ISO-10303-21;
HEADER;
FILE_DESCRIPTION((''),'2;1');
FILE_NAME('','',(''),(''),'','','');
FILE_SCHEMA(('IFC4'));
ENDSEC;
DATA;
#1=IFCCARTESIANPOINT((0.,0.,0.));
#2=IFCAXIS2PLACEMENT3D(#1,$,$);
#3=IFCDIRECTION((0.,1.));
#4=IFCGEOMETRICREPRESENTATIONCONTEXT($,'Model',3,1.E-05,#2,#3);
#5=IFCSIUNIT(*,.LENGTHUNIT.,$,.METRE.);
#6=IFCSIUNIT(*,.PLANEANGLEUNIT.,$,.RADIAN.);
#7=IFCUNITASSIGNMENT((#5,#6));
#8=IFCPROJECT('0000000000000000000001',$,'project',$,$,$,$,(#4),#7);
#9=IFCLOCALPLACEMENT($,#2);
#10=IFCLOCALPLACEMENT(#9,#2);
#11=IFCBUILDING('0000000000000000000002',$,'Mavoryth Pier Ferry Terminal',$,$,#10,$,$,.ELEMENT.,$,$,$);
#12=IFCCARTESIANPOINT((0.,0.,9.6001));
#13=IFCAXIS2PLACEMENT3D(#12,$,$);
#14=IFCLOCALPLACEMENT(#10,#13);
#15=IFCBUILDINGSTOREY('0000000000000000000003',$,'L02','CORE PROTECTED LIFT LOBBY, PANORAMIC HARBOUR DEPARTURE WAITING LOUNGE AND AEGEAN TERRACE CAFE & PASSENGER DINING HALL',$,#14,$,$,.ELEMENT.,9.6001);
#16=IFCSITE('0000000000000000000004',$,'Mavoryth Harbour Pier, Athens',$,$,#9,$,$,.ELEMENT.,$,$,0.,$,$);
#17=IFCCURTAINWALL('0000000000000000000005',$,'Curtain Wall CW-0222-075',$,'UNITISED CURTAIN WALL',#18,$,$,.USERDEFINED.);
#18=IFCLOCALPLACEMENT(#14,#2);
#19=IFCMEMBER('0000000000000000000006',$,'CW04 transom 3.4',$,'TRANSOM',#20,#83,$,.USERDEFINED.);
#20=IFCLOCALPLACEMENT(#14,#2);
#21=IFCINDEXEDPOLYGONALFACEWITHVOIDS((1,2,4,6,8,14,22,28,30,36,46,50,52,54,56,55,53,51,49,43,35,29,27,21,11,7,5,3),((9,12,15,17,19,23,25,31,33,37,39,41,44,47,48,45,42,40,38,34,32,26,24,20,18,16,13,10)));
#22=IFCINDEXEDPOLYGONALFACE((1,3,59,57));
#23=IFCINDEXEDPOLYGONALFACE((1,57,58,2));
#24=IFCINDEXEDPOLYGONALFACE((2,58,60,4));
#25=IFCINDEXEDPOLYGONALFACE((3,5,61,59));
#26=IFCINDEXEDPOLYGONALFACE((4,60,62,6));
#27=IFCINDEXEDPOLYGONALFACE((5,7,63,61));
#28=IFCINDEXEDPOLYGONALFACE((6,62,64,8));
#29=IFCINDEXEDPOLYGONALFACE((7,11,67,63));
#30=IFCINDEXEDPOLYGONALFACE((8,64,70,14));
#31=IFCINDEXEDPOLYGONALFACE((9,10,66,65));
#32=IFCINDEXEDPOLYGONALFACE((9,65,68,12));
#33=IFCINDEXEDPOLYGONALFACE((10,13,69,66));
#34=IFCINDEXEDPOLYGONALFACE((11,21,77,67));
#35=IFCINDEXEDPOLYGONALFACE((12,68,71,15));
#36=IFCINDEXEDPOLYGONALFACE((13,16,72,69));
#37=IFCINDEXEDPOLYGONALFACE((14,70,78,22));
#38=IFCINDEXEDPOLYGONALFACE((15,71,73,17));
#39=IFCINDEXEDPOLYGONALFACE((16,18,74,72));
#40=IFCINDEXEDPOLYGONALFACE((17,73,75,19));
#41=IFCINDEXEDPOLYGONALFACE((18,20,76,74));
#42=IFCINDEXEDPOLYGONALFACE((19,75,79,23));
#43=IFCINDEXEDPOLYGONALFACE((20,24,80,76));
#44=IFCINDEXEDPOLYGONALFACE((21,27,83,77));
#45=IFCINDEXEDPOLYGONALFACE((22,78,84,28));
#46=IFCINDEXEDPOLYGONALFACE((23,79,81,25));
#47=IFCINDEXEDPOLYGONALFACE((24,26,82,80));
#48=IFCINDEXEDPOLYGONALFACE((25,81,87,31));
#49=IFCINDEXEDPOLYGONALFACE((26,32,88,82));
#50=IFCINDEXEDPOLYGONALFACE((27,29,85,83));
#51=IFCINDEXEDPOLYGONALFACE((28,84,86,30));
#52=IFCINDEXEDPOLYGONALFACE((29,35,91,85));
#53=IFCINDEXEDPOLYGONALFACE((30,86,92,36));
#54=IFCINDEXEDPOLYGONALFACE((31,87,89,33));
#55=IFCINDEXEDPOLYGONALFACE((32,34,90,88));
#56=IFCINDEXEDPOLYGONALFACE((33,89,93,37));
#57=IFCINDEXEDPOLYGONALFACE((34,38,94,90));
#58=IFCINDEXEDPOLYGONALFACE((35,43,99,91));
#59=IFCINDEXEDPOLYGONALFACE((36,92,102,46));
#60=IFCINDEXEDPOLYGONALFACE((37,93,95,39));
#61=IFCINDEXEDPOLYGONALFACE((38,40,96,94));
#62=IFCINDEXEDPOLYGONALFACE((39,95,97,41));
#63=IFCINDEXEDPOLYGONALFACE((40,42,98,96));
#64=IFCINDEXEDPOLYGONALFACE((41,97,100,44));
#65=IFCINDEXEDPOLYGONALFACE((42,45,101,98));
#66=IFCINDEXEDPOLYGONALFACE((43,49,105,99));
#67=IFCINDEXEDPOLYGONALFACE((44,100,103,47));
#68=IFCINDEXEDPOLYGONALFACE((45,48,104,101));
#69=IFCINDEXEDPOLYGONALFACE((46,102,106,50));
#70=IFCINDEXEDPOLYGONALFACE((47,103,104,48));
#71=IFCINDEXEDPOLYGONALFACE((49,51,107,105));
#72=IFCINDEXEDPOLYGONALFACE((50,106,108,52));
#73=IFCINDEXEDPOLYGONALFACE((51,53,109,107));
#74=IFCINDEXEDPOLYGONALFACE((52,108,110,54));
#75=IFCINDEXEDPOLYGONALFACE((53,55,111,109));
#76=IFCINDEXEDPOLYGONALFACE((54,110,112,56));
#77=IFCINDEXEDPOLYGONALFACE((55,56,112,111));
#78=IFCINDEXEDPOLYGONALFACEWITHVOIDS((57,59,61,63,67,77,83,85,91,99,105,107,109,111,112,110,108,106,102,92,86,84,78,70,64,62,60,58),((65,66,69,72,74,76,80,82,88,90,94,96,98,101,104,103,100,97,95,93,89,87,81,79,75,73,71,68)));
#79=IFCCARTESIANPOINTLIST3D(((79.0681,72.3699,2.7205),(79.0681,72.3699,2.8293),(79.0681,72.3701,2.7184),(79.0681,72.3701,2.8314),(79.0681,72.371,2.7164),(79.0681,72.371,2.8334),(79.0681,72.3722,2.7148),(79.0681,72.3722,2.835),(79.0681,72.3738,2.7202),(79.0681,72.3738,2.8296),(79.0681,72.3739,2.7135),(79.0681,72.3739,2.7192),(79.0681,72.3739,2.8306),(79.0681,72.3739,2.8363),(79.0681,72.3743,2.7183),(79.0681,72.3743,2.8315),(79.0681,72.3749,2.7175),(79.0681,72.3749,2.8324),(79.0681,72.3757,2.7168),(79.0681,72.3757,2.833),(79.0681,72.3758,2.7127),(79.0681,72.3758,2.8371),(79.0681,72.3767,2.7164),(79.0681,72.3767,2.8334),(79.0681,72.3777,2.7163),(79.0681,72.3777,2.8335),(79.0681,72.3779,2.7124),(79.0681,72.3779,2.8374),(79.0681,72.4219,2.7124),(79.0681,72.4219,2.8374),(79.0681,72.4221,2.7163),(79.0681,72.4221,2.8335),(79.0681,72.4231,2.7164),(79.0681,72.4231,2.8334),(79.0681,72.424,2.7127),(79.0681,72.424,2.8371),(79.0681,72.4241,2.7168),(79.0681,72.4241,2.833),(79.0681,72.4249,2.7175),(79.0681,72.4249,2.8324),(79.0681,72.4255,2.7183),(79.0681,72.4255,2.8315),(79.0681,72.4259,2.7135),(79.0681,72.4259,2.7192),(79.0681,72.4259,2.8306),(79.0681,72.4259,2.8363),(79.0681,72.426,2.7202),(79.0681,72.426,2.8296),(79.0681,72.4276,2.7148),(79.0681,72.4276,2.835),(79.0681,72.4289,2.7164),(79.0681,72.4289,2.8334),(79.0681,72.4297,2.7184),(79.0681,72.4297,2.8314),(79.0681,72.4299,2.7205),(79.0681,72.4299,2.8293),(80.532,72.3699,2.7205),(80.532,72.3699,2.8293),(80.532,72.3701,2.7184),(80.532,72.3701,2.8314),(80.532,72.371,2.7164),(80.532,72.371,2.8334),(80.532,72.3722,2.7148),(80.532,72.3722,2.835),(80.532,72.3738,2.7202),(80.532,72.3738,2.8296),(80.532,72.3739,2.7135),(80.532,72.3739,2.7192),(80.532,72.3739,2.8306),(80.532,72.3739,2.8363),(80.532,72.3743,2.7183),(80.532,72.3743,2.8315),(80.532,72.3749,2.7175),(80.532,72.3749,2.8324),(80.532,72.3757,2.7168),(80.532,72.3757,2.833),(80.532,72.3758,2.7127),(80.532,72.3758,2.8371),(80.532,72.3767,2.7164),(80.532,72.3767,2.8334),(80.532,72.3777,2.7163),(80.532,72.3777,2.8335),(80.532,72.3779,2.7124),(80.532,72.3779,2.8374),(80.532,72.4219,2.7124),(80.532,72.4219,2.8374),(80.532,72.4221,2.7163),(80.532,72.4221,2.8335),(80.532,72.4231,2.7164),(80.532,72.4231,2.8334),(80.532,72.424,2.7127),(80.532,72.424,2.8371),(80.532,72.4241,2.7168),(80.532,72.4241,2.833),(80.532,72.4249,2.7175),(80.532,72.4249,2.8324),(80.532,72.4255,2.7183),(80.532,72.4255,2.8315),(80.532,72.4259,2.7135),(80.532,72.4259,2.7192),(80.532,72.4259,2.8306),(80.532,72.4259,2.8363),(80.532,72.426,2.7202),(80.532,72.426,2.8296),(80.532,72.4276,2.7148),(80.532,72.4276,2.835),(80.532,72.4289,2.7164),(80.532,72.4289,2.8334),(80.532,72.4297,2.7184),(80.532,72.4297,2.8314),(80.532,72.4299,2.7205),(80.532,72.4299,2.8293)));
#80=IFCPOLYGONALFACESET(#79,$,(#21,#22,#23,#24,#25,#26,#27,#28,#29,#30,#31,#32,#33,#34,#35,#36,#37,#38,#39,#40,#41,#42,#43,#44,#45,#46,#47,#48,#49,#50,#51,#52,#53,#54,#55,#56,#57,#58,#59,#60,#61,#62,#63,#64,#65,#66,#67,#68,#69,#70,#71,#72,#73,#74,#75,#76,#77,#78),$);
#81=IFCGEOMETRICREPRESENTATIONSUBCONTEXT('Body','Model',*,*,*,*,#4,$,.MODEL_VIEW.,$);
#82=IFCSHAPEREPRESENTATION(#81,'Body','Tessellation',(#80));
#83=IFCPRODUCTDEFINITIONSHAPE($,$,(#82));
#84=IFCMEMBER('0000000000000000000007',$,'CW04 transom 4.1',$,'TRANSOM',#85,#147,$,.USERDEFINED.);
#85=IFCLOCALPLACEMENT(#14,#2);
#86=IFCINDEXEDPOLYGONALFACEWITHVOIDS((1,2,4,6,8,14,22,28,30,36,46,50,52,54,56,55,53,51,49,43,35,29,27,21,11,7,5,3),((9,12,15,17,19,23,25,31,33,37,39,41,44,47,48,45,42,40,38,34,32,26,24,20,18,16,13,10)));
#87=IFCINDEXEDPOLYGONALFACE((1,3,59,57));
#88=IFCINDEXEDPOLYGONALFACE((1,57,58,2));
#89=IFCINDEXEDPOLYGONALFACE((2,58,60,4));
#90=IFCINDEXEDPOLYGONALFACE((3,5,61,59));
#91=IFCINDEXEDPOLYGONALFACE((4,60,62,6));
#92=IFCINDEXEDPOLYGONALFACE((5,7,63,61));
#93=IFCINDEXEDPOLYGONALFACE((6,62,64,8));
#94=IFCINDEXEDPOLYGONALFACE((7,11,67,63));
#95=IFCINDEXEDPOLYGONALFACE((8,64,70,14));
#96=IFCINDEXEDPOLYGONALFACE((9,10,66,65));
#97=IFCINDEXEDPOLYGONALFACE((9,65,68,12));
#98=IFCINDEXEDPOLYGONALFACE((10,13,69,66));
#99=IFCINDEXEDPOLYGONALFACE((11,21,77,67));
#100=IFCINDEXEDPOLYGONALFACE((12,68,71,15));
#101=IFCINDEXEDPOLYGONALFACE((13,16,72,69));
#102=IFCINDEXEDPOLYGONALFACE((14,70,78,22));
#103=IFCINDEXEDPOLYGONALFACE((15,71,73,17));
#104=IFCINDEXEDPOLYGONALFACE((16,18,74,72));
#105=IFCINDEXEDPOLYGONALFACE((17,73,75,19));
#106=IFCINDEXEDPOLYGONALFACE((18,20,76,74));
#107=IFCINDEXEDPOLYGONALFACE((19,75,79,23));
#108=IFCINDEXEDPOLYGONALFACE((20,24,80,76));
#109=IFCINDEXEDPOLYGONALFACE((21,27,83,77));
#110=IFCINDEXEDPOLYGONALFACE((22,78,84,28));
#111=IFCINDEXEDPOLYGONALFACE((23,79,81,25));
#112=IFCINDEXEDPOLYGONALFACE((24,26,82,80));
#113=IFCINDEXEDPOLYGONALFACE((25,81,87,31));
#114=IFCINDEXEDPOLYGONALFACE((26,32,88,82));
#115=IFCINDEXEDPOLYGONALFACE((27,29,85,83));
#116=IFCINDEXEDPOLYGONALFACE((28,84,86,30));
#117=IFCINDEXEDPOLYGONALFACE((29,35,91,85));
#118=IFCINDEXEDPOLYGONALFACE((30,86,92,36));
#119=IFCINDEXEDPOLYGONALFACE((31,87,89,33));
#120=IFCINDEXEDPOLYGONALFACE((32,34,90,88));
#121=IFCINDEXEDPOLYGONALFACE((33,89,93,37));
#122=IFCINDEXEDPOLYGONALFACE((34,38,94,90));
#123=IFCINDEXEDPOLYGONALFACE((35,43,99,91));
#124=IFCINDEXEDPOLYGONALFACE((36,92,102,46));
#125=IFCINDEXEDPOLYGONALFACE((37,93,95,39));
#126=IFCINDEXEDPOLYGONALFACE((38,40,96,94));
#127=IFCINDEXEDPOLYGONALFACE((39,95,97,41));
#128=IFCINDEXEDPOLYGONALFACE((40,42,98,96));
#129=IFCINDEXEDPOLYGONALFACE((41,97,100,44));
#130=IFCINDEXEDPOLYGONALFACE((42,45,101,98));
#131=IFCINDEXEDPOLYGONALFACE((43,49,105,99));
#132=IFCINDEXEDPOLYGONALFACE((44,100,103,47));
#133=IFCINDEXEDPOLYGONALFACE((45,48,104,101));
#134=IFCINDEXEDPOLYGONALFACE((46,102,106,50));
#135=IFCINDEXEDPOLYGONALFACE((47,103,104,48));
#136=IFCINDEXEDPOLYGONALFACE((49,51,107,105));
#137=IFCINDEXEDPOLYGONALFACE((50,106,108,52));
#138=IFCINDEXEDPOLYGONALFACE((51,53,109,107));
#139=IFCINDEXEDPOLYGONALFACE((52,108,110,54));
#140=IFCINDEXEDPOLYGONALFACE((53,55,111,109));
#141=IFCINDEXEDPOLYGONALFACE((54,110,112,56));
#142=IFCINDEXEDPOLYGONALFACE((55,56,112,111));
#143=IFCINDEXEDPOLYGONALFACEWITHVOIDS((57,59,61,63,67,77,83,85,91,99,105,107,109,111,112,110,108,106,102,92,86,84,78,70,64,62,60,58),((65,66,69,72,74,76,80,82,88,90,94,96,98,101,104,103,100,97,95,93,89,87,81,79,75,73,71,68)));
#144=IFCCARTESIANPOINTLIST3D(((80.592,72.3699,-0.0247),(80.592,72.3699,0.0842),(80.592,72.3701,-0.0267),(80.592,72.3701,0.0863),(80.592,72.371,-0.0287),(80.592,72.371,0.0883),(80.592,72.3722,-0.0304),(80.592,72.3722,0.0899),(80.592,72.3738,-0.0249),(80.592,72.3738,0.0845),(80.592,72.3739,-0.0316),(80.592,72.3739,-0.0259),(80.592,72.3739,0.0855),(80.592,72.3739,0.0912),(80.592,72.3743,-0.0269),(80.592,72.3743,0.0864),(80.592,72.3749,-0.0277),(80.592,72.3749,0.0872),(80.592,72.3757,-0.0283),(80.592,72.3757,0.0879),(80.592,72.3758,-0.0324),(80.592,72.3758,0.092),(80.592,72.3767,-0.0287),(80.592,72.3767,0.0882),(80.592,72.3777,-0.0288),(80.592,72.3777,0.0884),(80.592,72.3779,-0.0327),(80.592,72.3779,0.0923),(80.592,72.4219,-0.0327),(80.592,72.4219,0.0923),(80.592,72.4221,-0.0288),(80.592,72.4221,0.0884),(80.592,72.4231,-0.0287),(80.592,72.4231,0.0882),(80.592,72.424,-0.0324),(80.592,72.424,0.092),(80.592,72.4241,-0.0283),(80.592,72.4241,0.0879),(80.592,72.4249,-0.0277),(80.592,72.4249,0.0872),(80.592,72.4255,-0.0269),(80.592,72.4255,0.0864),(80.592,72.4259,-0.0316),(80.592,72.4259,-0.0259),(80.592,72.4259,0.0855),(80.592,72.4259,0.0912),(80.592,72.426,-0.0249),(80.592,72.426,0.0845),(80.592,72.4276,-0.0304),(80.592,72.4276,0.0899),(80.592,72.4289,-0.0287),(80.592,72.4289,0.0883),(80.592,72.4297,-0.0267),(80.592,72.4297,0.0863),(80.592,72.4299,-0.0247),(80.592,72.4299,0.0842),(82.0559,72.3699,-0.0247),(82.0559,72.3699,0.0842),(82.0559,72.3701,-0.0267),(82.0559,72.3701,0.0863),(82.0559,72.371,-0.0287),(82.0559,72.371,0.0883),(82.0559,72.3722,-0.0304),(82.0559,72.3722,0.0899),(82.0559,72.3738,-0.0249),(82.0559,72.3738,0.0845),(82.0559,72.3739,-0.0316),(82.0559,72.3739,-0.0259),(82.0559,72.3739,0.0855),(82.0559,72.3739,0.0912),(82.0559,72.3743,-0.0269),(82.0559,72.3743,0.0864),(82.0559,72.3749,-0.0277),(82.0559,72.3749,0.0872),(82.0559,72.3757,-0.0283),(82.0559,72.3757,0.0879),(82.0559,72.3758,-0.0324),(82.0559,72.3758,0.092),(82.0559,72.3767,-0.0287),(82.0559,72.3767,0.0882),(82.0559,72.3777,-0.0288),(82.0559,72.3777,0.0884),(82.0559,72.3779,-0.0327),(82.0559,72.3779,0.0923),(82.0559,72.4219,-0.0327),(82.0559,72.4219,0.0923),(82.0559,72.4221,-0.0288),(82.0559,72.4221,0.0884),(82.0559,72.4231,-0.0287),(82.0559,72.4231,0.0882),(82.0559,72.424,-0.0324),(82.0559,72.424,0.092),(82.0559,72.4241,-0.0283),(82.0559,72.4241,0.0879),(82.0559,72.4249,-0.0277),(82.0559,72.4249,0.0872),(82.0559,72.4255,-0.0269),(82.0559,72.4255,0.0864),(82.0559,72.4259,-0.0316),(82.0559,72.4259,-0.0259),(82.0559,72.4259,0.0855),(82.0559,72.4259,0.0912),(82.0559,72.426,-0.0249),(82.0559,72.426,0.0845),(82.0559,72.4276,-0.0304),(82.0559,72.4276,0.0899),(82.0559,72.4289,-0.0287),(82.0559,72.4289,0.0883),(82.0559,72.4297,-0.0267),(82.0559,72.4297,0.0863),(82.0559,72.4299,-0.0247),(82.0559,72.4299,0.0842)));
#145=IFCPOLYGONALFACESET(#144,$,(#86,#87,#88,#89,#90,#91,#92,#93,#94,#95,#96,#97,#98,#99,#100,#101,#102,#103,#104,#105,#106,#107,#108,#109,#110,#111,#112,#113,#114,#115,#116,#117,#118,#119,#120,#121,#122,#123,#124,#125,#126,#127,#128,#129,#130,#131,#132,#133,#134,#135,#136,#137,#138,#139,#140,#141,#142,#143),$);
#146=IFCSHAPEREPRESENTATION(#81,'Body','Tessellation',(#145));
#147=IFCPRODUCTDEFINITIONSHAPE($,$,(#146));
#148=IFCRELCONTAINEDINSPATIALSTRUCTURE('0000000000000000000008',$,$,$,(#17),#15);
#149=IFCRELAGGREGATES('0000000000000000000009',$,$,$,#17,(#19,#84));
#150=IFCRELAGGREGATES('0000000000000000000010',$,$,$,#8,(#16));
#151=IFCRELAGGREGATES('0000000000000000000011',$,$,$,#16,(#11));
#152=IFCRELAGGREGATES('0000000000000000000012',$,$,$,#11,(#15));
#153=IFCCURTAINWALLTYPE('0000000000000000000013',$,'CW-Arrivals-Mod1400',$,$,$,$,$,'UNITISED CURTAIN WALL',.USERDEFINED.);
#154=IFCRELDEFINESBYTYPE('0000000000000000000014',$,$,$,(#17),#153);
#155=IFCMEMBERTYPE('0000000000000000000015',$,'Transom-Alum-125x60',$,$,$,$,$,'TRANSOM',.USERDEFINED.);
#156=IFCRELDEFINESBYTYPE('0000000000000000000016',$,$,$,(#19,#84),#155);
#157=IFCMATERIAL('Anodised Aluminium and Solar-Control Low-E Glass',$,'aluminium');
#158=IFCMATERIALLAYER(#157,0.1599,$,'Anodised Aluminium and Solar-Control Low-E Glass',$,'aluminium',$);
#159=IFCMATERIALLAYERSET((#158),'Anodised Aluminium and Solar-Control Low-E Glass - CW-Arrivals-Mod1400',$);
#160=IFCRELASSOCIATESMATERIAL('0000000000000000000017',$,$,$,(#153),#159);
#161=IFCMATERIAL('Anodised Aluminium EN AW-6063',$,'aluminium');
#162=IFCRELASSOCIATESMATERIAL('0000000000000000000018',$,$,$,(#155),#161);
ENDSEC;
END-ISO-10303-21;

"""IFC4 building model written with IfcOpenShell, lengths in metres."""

from ifc_helpers import new_model, si_unit, direction, frame, origin, origin_2d, place, context, subcontext, project, spatial, hollow_rectangle, extrude, material, layer, layer_set, material_profile, profile_set, type_object, element, aggregate, save


model = new_model("IFC4")

# Units and contexts
model_context = context("Model", 3, precision=1e-05, world=origin(), true_north=direction((0.0, 1.0)))
body_context = subcontext(model_context, "Body", "Model", "MODEL_VIEW")
ifc_project = project(units=[si_unit("LENGTHUNIT", "METRE"), si_unit("PLANEANGLEUNIT", "RADIAN")], contexts=[model_context])

# Site, building, storey
site_placement = place(None, origin())
site = spatial("IfcSite", under=ifc_project, at=site_placement, Name="Mavoryth Harbour Pier, Athens", CompositionType="ELEMENT", RefElevation=0.0)
building_placement = place(site_placement, origin())
building = spatial("IfcBuilding", under=site, at=building_placement, Name="Mavoryth Pier Ferry Terminal", CompositionType="ELEMENT")
storey_placement = place(building_placement, frame((0.0, 0.0, 9.6001)))
storey = spatial("IfcBuildingStorey", under=building, at=storey_placement, Name="L02", Description="CORE PROTECTED LIFT LOBBY, PANORAMIC HARBOUR DEPARTURE WAITING LOUNGE AND AEGEAN TERRACE CAFE & PASSENGER DINING HALL", CompositionType="ELEMENT", Elevation=9.6001)

# Curtain wall, members
ifc_material_1 = material(Name="Anodised Aluminium and Solar-Control Low-E Glass", Category="aluminium")
ifc_layer_1 = layer(ifc_material_1, 0.1599, Name="Anodised Aluminium and Solar-Control Low-E Glass", Category="aluminium")
ifc_layer_set_1 = layer_set([ifc_layer_1], Name="Anodised Aluminium and Solar-Control Low-E Glass - CW-Arrivals-Mod1400")
curtain_wall_type = type_object("IfcCurtainWallType", Name="CW-Arrivals-Mod1400", ElementType="UNITISED CURTAIN WALL", PredefinedType="USERDEFINED", material=ifc_layer_set_1)
curtain_wall_placement = place(storey_placement, origin())
curtain_wall = element("IfcCurtainWall", 1, at=curtain_wall_placement, inside=storey, type_object=curtain_wall_type, Name="Curtain Wall CW-0222-075", ObjectType="UNITISED CURTAIN WALL", PredefinedType="USERDEFINED")
ifc_material_2 = material(Name="Anodised Aluminium EN AW-6063", Category="aluminium")
ifc_material_profile_1 = material_profile(ifc_material_2, hollow_rectangle(XDim=0.0601, YDim=0.125, WallThickness=0.0039, InnerFilletRadius=0.0039, OuterFilletRadius=0.0081, at=origin_2d()), Name="AL-TRAN 125x60x4", Category="aluminium")
ifc_profile_set_1 = profile_set([ifc_material_profile_1], Name="Anodised Aluminium EN AW-6063 - AL-TRAN 125x60x4")
member_type_1 = type_object("IfcMemberType", Name="Transom-Alum-125x60", ElementType="TRANSOM", PredefinedType="USERDEFINED", material=ifc_profile_set_1)
member_1_placement = place(storey_placement, frame((79.0681, 72.3999, 2.7749), z_axis=(1.0, 0.0, 0.0), x_axis=(0.0, 1.0, 0.0)))
member_1 = element("IfcMember", 2, at=member_1_placement, type_object=member_type_1, Name="CW04 transom 3.4", ObjectType="TRANSOM", PredefinedType="USERDEFINED", context=body_context, shape_type="SweptSolid", body=[
    extrude(hollow_rectangle(XDim=0.0601, YDim=0.125, WallThickness=0.0039, InnerFilletRadius=0.0039, OuterFilletRadius=0.0081, at=origin_2d()), origin(), (0.0, 0.0, 1.0), 1.4639),
])
member_2_placement = place(storey_placement, frame((80.592, 72.3999, 0.0298), z_axis=(1.0, 0.0, 0.0), x_axis=(0.0, 1.0, 0.0)))
member_2 = element("IfcMember", 3, at=member_2_placement, type_object=member_type_1, Name="CW04 transom 4.1", ObjectType="TRANSOM", PredefinedType="USERDEFINED", context=body_context, shape_type="SweptSolid", body=[
    extrude(hollow_rectangle(XDim=0.0601, YDim=0.125, WallThickness=0.0039, InnerFilletRadius=0.0039, OuterFilletRadius=0.0081, at=origin_2d()), origin(), (0.0, 0.0, 1.0), 1.4639),
])
aggregate(curtain_wall, [member_1, member_2])

save(model, "model.ifc")
